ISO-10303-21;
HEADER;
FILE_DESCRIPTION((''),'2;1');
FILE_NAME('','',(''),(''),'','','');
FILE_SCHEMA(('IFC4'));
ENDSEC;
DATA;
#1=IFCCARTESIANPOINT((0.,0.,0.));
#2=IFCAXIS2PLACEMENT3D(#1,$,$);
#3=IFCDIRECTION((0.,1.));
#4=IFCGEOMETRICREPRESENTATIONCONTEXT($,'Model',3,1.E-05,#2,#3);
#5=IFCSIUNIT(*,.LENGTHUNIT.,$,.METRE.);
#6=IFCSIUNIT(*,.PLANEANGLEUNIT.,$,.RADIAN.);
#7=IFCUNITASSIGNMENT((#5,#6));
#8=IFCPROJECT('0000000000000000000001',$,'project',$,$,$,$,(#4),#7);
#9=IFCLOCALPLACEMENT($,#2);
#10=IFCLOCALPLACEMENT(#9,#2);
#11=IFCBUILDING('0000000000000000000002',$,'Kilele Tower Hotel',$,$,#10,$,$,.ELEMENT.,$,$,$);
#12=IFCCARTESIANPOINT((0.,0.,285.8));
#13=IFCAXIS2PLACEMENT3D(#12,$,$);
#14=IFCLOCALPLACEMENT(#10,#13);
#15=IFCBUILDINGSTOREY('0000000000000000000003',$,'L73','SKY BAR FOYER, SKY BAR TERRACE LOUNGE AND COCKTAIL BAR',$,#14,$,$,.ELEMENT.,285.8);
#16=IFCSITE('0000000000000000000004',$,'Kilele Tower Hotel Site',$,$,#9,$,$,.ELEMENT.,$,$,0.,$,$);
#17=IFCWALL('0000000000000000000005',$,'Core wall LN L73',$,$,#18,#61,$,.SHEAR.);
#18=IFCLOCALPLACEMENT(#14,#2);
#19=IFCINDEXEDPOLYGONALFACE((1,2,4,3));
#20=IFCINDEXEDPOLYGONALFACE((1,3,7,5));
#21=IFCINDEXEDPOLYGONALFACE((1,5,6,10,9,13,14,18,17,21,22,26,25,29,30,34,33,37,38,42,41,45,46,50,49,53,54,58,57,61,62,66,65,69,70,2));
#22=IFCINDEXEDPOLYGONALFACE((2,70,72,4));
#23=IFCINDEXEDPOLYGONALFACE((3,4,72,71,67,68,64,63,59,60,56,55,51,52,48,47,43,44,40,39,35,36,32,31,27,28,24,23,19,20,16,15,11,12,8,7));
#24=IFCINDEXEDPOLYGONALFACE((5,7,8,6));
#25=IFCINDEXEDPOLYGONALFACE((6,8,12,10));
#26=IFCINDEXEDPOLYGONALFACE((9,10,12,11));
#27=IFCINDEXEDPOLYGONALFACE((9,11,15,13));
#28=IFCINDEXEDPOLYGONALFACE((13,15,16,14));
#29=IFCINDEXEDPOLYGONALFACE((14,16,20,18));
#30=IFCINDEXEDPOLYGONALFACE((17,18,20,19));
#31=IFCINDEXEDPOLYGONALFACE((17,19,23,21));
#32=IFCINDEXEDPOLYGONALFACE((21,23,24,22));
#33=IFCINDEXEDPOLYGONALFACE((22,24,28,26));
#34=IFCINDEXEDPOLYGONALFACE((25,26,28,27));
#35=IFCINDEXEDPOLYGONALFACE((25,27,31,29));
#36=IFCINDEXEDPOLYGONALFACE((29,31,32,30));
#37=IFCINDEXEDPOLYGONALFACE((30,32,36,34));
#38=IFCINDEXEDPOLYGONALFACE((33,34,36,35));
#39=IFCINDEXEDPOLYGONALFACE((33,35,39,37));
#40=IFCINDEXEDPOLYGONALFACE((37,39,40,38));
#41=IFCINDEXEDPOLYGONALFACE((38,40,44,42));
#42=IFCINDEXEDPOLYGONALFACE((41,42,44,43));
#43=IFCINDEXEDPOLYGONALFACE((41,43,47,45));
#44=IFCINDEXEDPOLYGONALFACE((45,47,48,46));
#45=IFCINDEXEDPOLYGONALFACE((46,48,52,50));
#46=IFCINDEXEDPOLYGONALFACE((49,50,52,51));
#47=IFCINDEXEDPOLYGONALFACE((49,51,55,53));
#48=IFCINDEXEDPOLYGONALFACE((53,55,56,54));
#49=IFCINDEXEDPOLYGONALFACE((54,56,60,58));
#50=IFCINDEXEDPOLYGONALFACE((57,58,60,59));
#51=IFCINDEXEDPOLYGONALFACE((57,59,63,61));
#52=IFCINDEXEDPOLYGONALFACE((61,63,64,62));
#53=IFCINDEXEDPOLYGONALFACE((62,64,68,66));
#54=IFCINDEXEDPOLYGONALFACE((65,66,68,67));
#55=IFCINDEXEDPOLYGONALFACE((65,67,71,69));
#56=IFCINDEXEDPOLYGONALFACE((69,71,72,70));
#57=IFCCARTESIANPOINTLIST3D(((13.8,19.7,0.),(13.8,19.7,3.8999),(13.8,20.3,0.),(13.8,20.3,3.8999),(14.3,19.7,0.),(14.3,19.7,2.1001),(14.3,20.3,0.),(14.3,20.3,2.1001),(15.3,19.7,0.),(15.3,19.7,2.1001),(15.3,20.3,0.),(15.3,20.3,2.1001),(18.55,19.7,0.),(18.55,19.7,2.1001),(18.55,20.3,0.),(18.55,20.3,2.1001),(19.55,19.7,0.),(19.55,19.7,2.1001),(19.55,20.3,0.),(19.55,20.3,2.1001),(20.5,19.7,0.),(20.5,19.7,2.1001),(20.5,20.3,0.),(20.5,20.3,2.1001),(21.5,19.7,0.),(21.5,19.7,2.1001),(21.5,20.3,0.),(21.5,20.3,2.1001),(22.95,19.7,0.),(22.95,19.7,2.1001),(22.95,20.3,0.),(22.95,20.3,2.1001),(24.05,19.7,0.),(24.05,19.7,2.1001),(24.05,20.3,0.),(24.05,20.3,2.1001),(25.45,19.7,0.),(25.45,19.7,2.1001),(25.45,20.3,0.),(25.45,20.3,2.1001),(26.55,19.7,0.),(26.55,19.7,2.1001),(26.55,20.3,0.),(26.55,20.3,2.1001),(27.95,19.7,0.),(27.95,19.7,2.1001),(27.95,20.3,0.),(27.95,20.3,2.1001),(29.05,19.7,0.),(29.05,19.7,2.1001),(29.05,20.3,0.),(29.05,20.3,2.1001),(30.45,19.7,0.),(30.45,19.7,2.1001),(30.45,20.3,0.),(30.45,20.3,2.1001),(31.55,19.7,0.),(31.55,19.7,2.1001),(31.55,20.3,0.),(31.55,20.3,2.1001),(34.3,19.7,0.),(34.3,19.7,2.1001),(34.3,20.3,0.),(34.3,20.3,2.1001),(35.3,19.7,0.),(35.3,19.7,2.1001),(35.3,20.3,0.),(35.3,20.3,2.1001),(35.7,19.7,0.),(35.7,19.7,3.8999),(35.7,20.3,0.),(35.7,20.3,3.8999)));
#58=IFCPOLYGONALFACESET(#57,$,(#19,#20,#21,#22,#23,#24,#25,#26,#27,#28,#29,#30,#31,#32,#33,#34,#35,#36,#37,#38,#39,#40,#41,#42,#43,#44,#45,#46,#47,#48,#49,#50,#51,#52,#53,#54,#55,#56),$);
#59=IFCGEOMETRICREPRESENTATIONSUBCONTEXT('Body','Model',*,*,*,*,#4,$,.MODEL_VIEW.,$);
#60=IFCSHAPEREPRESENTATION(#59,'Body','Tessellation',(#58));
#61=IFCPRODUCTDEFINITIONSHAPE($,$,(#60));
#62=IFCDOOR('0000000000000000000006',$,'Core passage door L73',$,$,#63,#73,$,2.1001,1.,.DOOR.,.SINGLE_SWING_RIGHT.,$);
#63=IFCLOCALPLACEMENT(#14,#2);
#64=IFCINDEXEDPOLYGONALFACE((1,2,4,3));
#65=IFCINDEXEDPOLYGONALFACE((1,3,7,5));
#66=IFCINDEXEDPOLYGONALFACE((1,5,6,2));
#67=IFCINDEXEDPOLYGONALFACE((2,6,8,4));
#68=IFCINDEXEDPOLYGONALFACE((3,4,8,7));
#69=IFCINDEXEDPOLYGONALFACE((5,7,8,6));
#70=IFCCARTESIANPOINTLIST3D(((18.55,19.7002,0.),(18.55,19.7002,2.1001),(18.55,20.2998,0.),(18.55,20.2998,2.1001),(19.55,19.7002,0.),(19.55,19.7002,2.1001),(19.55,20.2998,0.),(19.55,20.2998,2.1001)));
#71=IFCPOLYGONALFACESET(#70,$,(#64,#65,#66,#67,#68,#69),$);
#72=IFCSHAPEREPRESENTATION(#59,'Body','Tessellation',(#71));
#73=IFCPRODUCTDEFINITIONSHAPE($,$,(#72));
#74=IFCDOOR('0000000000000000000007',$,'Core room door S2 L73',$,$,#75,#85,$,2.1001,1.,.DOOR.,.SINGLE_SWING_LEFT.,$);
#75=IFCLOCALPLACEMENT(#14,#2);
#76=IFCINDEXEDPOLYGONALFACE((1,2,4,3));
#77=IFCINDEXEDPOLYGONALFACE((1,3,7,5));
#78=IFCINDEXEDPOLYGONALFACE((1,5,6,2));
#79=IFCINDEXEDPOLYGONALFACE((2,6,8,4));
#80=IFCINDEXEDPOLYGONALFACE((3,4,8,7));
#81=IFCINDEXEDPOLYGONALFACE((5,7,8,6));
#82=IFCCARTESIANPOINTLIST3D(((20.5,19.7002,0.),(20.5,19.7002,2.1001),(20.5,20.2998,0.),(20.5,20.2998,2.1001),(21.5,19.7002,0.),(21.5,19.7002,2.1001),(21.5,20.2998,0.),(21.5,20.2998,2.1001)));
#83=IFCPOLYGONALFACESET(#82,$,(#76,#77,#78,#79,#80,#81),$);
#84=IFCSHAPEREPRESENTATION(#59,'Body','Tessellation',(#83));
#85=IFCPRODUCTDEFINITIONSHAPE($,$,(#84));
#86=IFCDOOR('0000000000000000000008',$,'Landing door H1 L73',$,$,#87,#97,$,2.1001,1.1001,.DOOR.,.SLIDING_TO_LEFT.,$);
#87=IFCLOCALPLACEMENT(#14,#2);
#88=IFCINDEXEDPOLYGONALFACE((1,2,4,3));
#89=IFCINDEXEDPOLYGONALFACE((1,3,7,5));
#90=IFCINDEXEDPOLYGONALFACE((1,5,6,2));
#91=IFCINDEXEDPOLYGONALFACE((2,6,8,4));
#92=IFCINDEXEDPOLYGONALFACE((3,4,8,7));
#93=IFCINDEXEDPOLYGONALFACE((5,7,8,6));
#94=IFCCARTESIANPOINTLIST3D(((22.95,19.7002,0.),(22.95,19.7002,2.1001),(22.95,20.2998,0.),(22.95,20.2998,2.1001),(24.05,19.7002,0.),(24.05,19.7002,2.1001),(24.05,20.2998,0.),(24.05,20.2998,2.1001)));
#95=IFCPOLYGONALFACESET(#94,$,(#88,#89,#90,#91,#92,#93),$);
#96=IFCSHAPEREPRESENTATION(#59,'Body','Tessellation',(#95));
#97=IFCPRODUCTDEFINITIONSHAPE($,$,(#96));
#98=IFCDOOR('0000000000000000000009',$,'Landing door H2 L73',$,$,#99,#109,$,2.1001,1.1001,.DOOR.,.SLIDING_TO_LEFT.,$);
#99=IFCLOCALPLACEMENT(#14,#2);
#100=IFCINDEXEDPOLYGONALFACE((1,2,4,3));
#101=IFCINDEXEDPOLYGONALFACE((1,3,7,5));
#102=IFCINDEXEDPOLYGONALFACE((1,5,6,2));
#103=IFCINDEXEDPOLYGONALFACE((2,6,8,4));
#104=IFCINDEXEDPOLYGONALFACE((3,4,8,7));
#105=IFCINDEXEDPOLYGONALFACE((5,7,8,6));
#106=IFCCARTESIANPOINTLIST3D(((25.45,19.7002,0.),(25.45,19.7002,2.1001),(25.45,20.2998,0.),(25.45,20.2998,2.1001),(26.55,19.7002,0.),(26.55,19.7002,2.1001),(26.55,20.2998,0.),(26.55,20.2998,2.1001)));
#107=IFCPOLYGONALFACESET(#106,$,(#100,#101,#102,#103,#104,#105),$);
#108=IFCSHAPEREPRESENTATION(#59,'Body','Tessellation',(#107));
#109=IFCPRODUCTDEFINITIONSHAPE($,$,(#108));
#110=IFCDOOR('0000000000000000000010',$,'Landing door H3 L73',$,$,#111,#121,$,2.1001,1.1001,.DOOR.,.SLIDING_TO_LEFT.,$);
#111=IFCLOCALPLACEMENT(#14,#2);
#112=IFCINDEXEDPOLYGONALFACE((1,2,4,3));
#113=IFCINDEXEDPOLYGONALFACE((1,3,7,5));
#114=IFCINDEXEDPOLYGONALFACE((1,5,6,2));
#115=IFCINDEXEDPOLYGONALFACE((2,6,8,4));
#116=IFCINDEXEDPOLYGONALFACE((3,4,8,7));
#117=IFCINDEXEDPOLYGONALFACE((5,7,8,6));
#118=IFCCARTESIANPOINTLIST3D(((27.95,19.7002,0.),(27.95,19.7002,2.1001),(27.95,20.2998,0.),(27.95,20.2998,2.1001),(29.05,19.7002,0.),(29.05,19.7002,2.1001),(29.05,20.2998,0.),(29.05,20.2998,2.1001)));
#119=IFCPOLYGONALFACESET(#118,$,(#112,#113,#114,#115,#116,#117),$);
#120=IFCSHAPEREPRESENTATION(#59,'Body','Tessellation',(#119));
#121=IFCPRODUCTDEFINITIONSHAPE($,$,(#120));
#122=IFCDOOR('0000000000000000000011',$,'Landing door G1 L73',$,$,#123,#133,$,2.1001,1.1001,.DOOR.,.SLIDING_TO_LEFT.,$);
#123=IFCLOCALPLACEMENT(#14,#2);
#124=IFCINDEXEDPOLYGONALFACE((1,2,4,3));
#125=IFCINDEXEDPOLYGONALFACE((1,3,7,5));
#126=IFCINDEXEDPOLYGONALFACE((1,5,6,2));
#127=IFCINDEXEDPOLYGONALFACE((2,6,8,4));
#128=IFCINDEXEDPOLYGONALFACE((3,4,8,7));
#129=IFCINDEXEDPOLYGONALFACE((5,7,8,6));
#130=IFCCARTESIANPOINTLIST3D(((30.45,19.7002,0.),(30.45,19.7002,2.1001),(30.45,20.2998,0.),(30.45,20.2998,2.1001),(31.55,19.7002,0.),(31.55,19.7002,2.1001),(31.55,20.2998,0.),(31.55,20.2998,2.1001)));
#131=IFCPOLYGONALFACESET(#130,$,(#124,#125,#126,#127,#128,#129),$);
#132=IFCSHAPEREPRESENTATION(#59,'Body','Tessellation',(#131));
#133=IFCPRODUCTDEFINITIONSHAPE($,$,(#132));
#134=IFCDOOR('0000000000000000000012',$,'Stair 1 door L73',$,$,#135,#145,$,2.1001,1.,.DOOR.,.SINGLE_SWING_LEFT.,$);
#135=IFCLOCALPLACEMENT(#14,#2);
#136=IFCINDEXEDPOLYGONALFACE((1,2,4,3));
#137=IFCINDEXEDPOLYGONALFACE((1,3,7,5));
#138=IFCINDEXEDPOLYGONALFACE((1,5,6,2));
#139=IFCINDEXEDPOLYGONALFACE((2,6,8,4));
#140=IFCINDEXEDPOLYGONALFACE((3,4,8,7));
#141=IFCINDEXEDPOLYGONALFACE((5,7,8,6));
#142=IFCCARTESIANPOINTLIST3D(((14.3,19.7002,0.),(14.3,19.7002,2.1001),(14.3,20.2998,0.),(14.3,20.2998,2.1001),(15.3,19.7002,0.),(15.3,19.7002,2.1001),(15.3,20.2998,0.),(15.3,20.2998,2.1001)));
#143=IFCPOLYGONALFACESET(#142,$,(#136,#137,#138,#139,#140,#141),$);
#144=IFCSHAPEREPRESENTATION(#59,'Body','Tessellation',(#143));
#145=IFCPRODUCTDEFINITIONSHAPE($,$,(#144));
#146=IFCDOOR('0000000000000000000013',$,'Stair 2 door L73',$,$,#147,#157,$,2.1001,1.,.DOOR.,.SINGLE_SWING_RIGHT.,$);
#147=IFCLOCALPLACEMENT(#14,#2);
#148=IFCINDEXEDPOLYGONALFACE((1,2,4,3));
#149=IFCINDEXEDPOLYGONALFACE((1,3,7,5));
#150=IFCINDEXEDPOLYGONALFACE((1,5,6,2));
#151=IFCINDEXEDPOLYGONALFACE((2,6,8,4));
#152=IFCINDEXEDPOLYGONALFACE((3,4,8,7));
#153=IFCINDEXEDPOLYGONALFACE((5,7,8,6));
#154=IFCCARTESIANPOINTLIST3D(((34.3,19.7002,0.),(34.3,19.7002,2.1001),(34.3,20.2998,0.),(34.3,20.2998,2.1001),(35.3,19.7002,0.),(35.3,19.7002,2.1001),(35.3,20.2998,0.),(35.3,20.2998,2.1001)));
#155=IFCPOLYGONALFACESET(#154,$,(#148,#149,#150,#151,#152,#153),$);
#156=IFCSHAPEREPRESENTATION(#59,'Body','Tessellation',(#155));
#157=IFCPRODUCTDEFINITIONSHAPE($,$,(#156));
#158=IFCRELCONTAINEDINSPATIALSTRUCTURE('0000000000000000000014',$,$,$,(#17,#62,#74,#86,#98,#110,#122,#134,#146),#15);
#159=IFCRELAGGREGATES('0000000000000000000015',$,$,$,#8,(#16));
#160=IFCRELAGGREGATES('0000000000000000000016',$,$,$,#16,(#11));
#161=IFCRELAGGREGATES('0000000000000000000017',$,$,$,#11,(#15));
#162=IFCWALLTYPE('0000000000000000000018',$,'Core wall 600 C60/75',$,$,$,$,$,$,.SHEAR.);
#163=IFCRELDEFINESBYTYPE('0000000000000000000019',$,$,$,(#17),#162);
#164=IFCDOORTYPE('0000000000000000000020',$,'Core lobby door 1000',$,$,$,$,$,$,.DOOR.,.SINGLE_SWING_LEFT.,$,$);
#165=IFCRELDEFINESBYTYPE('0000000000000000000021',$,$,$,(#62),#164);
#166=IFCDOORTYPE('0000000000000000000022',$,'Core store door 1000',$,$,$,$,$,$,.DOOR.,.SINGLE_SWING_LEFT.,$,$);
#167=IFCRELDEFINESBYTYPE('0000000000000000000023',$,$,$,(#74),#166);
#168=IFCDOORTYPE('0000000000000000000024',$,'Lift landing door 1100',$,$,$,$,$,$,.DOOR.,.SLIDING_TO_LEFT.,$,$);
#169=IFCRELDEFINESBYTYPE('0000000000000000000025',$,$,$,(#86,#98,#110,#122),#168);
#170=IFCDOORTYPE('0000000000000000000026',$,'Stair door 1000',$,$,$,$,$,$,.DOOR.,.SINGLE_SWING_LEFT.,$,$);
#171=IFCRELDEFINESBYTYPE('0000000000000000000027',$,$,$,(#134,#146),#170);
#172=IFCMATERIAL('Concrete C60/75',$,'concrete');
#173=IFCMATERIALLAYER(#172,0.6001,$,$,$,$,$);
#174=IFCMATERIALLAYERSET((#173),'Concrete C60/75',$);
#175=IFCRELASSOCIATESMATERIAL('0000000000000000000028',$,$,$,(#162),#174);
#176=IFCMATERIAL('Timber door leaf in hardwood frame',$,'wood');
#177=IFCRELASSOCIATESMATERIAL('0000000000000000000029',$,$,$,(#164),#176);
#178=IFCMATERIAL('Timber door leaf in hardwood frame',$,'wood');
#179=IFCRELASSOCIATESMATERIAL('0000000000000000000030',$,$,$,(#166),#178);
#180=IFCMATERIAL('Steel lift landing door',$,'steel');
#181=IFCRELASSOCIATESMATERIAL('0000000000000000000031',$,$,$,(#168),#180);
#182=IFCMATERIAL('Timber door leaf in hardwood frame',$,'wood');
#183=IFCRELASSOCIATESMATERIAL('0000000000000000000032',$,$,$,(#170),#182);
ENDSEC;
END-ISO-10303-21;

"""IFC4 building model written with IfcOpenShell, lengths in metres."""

from ifc_helpers import new_model, si_unit, direction, frame, frame_2d, origin, place, context, subcontext, project, spatial, rectangle, extrude, material, layer, layer_set, type_object, element, fill, save


model = new_model("IFC4")

# Units and contexts
model_context = context("Model", 3, precision=1e-05, world=origin(), true_north=direction((0.0, 1.0)))
body_context = subcontext(model_context, "Body", "Model", "MODEL_VIEW")
ifc_project = project(units=[si_unit("LENGTHUNIT", "METRE"), si_unit("PLANEANGLEUNIT", "RADIAN")], contexts=[model_context])

# Site, building, storey
site_placement = place(None, origin())
site = spatial("IfcSite", under=ifc_project, at=site_placement, Name="Kilele Tower Hotel Site", CompositionType="ELEMENT", RefElevation=0.0)
building_placement = place(site_placement, origin())
building = spatial("IfcBuilding", under=site, at=building_placement, Name="Kilele Tower Hotel", CompositionType="ELEMENT")
storey_placement = place(building_placement, frame((0.0, 0.0, 285.8)))
storey = spatial("IfcBuildingStorey", under=building, at=storey_placement, Name="L73", Description="SKY BAR FOYER, SKY BAR TERRACE LOUNGE AND COCKTAIL BAR", CompositionType="ELEMENT", Elevation=285.8)

# Wall, openings, doors
ifc_material_1 = material(Name="Concrete C60/75", Category="concrete")
ifc_layer_1 = layer(ifc_material_1, 0.6001)
ifc_layer_set_1 = layer_set([ifc_layer_1], Name="Concrete C60/75")
wall_type_1 = type_object("IfcWallType", Name="Core wall 600 C60/75", PredefinedType="SHEAR", material=ifc_layer_set_1)
wall_1_placement = place(storey_placement, frame((13.8, 20.0, 0.0), z_axis=(0.0, 0.0, 1.0), x_axis=(1.0, 0.0, 0.0)))
wall_1 = element("IfcWall", 1, at=wall_1_placement, inside=storey, type_object=wall_type_1, Name="Core wall LN L73", PredefinedType="SHEAR", context=body_context, shape_type="SweptSolid", body=[
    extrude(rectangle(XDim=21.8999, YDim=0.6001, at=frame_2d((10.95, 0.0))), origin(), (0.0, 0.0, 1.0), 3.8999),
])
opening_1_placement = place(wall_1_placement, frame((0.5, 0.0, 0.0)))
opening_1 = element("IfcOpeningElement", 2, at=opening_1_placement, cuts=wall_1, PredefinedType="OPENING", context=body_context, shape_type="SweptSolid", body=[
    extrude(rectangle(XDim=1.0, YDim=2.1001, at=frame_2d((0.5, 1.05))), frame((0.0, 0.3101, 0.0), z_axis=(0.0, -1.0, 0.0), x_axis=(1.0, 0.0, 0.0)), (0.0, 0.0, 1.0), 0.6201),
])
opening_2_placement = place(wall_1_placement, frame((20.5, 0.0, 0.0)))
opening_2 = element("IfcOpeningElement", 3, at=opening_2_placement, cuts=wall_1, PredefinedType="OPENING", context=body_context, shape_type="SweptSolid", body=[
    extrude(rectangle(XDim=1.0, YDim=2.1001, at=frame_2d((0.5, 1.05))), frame((0.0, 0.3101, 0.0), z_axis=(0.0, -1.0, 0.0), x_axis=(1.0, 0.0, 0.0)), (0.0, 0.0, 1.0), 0.6201),
])
opening_3_placement = place(wall_1_placement, frame((9.1499, 0.0, 0.0)))
opening_3 = element("IfcOpeningElement", 4, at=opening_3_placement, cuts=wall_1, PredefinedType="OPENING", context=body_context, shape_type="SweptSolid", body=[
    extrude(rectangle(XDim=1.1001, YDim=2.1001, at=frame_2d((0.55, 1.05))), frame((0.0, 0.3101, 0.0), z_axis=(0.0, -1.0, 0.0), x_axis=(1.0, 0.0, 0.0)), (0.0, 0.0, 1.0), 0.6201),
])
opening_4_placement = place(wall_1_placement, frame((11.6499, 0.0, 0.0)))
opening_4 = element("IfcOpeningElement", 5, at=opening_4_placement, cuts=wall_1, PredefinedType="OPENING", context=body_context, shape_type="SweptSolid", body=[
    extrude(rectangle(XDim=1.1001, YDim=2.1001, at=frame_2d((0.55, 1.05))), frame((0.0, 0.3101, 0.0), z_axis=(0.0, -1.0, 0.0), x_axis=(1.0, 0.0, 0.0)), (0.0, 0.0, 1.0), 0.6201),
])
opening_5_placement = place(wall_1_placement, frame((14.1499, 0.0, 0.0)))
opening_5 = element("IfcOpeningElement", 6, at=opening_5_placement, cuts=wall_1, PredefinedType="OPENING", context=body_context, shape_type="SweptSolid", body=[
    extrude(rectangle(XDim=1.1001, YDim=2.1001, at=frame_2d((0.55, 1.05))), frame((0.0, 0.3101, 0.0), z_axis=(0.0, -1.0, 0.0), x_axis=(1.0, 0.0, 0.0)), (0.0, 0.0, 1.0), 0.6201),
])
opening_6_placement = place(wall_1_placement, frame((16.6499, 0.0, 0.0)))
opening_6 = element("IfcOpeningElement", 7, at=opening_6_placement, cuts=wall_1, PredefinedType="OPENING", context=body_context, shape_type="SweptSolid", body=[
    extrude(rectangle(XDim=1.1001, YDim=2.1001, at=frame_2d((0.55, 1.05))), frame((0.0, 0.3101, 0.0), z_axis=(0.0, -1.0, 0.0), x_axis=(1.0, 0.0, 0.0)), (0.0, 0.0, 1.0), 0.6201),
])
opening_7_placement = place(wall_1_placement, frame((5.75, 0.0, 0.0), z_axis=(0.0, 0.0, 1.0), x_axis=(-1.0, 0.0, 0.0)))
opening_7 = element("IfcOpeningElement", 8, at=opening_7_placement, cuts=wall_1, PredefinedType="OPENING", context=body_context, shape_type="SweptSolid", body=[
    extrude(rectangle(XDim=1.0, YDim=2.1001, at=frame_2d((0.5, 1.05))), frame((0.0, 0.3101, 0.0), z_axis=(0.0, -1.0, 0.0), x_axis=(1.0, 0.0, 0.0)), (0.0, 0.0, 1.0), 0.6201),
])
opening_8_placement = place(wall_1_placement, frame((6.7, 0.0, 0.0)))
opening_8 = element("IfcOpeningElement", 9, at=opening_8_placement, cuts=wall_1, PredefinedType="OPENING", context=body_context, shape_type="SweptSolid", body=[
    extrude(rectangle(XDim=1.0, YDim=2.1001, at=frame_2d((0.5, 1.05))), frame((0.0, 0.3101, 0.0), z_axis=(0.0, -1.0, 0.0), x_axis=(1.0, 0.0, 0.0)), (0.0, 0.0, 1.0), 0.6201),
])
ifc_material_2 = material(Name="Timber door leaf in hardwood frame", Category="wood")
door_type_1 = type_object("IfcDoorType", Name="Core lobby door 1000", OperationType="SINGLE_SWING_LEFT", PredefinedType="DOOR", material=ifc_material_2)
door_1_placement = place(opening_7_placement, origin())
door_1 = element("IfcDoor", 10, at=door_1_placement, inside=storey, type_object=door_type_1, Name="Core passage door L73", OperationType="SINGLE_SWING_RIGHT", OverallHeight=2.1001, OverallWidth=1.0, PredefinedType="DOOR", context=body_context, shape_type="SweptSolid", body=[
    extrude(rectangle(XDim=1.0, YDim=2.1001, at=frame_2d((0.5, 1.05))), frame((0.0, 0.2998, 0.0), z_axis=(0.0, -1.0, 0.0), x_axis=(1.0, 0.0, 0.0)), (0.0, 0.0, 1.0), 0.5996),
])
fill(opening_7, door_1)
ifc_material_3 = material(Name="Timber door leaf in hardwood frame", Category="wood")
door_type_2 = type_object("IfcDoorType", Name="Core store door 1000", OperationType="SINGLE_SWING_LEFT", PredefinedType="DOOR", material=ifc_material_3)
door_2_placement = place(opening_8_placement, origin())
door_2 = element("IfcDoor", 11, at=door_2_placement, inside=storey, type_object=door_type_2, Name="Core room door S2 L73", OperationType="SINGLE_SWING_LEFT", OverallHeight=2.1001, OverallWidth=1.0, PredefinedType="DOOR", context=body_context, shape_type="SweptSolid", body=[
    extrude(rectangle(XDim=1.0, YDim=2.1001, at=frame_2d((0.5, 1.05))), frame((0.0, 0.2998, 0.0), z_axis=(0.0, -1.0, 0.0), x_axis=(1.0, 0.0, 0.0)), (0.0, 0.0, 1.0), 0.5996),
])
fill(opening_8, door_2)
ifc_material_4 = material(Name="Steel lift landing door", Category="steel")
door_type_3 = type_object("IfcDoorType", Name="Lift landing door 1100", OperationType="SLIDING_TO_LEFT", PredefinedType="DOOR", material=ifc_material_4)
door_3_placement = place(opening_3_placement, origin())
door_3 = element("IfcDoor", 12, at=door_3_placement, inside=storey, type_object=door_type_3, Name="Landing door H1 L73", OperationType="SLIDING_TO_LEFT", OverallHeight=2.1001, OverallWidth=1.1001, PredefinedType="DOOR", context=body_context, shape_type="SweptSolid", body=[
    extrude(rectangle(XDim=1.1001, YDim=2.1001, at=frame_2d((0.55, 1.05))), frame((0.0, 0.2998, 0.0), z_axis=(0.0, -1.0, 0.0), x_axis=(1.0, 0.0, 0.0)), (0.0, 0.0, 1.0), 0.5996),
])
fill(opening_3, door_3)
door_4_placement = place(opening_4_placement, origin())
door_4 = element("IfcDoor", 13, at=door_4_placement, inside=storey, type_object=door_type_3, Name="Landing door H2 L73", OperationType="SLIDING_TO_LEFT", OverallHeight=2.1001, OverallWidth=1.1001, PredefinedType="DOOR", context=body_context, shape_type="SweptSolid", body=[
    extrude(rectangle(XDim=1.1001, YDim=2.1001, at=frame_2d((0.55, 1.05))), frame((0.0, 0.2998, 0.0), z_axis=(0.0, -1.0, 0.0), x_axis=(1.0, 0.0, 0.0)), (0.0, 0.0, 1.0), 0.5996),
])
fill(opening_4, door_4)
door_5_placement = place(opening_5_placement, origin())
door_5 = element("IfcDoor", 14, at=door_5_placement, inside=storey, type_object=door_type_3, Name="Landing door H3 L73", OperationType="SLIDING_TO_LEFT", OverallHeight=2.1001, OverallWidth=1.1001, PredefinedType="DOOR", context=body_context, shape_type="SweptSolid", body=[
    extrude(rectangle(XDim=1.1001, YDim=2.1001, at=frame_2d((0.55, 1.05))), frame((0.0, 0.2998, 0.0), z_axis=(0.0, -1.0, 0.0), x_axis=(1.0, 0.0, 0.0)), (0.0, 0.0, 1.0), 0.5996),
])
fill(opening_5, door_5)
door_6_placement = place(opening_6_placement, origin())
door_6 = element("IfcDoor", 15, at=door_6_placement, inside=storey, type_object=door_type_3, Name="Landing door G1 L73", OperationType="SLIDING_TO_LEFT", OverallHeight=2.1001, OverallWidth=1.1001, PredefinedType="DOOR", context=body_context, shape_type="SweptSolid", body=[
    extrude(rectangle(XDim=1.1001, YDim=2.1001, at=frame_2d((0.55, 1.05))), frame((0.0, 0.2998, 0.0), z_axis=(0.0, -1.0, 0.0), x_axis=(1.0, 0.0, 0.0)), (0.0, 0.0, 1.0), 0.5996),
])
fill(opening_6, door_6)
ifc_material_5 = material(Name="Timber door leaf in hardwood frame", Category="wood")
door_type_4 = type_object("IfcDoorType", Name="Stair door 1000", OperationType="SINGLE_SWING_LEFT", PredefinedType="DOOR", material=ifc_material_5)
door_7_placement = place(opening_1_placement, origin())
door_7 = element("IfcDoor", 16, at=door_7_placement, inside=storey, type_object=door_type_4, Name="Stair 1 door L73", OperationType="SINGLE_SWING_LEFT", OverallHeight=2.1001, OverallWidth=1.0, PredefinedType="DOOR", context=body_context, shape_type="SweptSolid", body=[
    extrude(rectangle(XDim=1.0, YDim=2.1001, at=frame_2d((0.5, 1.05))), frame((0.0, 0.2998, 0.0), z_axis=(0.0, -1.0, 0.0), x_axis=(1.0, 0.0, 0.0)), (0.0, 0.0, 1.0), 0.5996),
])
fill(opening_1, door_7)
door_8_placement = place(opening_2_placement, origin())
door_8 = element("IfcDoor", 17, at=door_8_placement, inside=storey, type_object=door_type_4, Name="Stair 2 door L73", OperationType="SINGLE_SWING_RIGHT", OverallHeight=2.1001, OverallWidth=1.0, PredefinedType="DOOR", context=body_context, shape_type="SweptSolid", body=[
    extrude(rectangle(XDim=1.0, YDim=2.1001, at=frame_2d((0.5, 1.05))), frame((0.0, 0.2998, 0.0), z_axis=(0.0, -1.0, 0.0), x_axis=(1.0, 0.0, 0.0)), (0.0, 0.0, 1.0), 0.5996),
])
fill(opening_2, door_8)

save(model, "model.ifc")
